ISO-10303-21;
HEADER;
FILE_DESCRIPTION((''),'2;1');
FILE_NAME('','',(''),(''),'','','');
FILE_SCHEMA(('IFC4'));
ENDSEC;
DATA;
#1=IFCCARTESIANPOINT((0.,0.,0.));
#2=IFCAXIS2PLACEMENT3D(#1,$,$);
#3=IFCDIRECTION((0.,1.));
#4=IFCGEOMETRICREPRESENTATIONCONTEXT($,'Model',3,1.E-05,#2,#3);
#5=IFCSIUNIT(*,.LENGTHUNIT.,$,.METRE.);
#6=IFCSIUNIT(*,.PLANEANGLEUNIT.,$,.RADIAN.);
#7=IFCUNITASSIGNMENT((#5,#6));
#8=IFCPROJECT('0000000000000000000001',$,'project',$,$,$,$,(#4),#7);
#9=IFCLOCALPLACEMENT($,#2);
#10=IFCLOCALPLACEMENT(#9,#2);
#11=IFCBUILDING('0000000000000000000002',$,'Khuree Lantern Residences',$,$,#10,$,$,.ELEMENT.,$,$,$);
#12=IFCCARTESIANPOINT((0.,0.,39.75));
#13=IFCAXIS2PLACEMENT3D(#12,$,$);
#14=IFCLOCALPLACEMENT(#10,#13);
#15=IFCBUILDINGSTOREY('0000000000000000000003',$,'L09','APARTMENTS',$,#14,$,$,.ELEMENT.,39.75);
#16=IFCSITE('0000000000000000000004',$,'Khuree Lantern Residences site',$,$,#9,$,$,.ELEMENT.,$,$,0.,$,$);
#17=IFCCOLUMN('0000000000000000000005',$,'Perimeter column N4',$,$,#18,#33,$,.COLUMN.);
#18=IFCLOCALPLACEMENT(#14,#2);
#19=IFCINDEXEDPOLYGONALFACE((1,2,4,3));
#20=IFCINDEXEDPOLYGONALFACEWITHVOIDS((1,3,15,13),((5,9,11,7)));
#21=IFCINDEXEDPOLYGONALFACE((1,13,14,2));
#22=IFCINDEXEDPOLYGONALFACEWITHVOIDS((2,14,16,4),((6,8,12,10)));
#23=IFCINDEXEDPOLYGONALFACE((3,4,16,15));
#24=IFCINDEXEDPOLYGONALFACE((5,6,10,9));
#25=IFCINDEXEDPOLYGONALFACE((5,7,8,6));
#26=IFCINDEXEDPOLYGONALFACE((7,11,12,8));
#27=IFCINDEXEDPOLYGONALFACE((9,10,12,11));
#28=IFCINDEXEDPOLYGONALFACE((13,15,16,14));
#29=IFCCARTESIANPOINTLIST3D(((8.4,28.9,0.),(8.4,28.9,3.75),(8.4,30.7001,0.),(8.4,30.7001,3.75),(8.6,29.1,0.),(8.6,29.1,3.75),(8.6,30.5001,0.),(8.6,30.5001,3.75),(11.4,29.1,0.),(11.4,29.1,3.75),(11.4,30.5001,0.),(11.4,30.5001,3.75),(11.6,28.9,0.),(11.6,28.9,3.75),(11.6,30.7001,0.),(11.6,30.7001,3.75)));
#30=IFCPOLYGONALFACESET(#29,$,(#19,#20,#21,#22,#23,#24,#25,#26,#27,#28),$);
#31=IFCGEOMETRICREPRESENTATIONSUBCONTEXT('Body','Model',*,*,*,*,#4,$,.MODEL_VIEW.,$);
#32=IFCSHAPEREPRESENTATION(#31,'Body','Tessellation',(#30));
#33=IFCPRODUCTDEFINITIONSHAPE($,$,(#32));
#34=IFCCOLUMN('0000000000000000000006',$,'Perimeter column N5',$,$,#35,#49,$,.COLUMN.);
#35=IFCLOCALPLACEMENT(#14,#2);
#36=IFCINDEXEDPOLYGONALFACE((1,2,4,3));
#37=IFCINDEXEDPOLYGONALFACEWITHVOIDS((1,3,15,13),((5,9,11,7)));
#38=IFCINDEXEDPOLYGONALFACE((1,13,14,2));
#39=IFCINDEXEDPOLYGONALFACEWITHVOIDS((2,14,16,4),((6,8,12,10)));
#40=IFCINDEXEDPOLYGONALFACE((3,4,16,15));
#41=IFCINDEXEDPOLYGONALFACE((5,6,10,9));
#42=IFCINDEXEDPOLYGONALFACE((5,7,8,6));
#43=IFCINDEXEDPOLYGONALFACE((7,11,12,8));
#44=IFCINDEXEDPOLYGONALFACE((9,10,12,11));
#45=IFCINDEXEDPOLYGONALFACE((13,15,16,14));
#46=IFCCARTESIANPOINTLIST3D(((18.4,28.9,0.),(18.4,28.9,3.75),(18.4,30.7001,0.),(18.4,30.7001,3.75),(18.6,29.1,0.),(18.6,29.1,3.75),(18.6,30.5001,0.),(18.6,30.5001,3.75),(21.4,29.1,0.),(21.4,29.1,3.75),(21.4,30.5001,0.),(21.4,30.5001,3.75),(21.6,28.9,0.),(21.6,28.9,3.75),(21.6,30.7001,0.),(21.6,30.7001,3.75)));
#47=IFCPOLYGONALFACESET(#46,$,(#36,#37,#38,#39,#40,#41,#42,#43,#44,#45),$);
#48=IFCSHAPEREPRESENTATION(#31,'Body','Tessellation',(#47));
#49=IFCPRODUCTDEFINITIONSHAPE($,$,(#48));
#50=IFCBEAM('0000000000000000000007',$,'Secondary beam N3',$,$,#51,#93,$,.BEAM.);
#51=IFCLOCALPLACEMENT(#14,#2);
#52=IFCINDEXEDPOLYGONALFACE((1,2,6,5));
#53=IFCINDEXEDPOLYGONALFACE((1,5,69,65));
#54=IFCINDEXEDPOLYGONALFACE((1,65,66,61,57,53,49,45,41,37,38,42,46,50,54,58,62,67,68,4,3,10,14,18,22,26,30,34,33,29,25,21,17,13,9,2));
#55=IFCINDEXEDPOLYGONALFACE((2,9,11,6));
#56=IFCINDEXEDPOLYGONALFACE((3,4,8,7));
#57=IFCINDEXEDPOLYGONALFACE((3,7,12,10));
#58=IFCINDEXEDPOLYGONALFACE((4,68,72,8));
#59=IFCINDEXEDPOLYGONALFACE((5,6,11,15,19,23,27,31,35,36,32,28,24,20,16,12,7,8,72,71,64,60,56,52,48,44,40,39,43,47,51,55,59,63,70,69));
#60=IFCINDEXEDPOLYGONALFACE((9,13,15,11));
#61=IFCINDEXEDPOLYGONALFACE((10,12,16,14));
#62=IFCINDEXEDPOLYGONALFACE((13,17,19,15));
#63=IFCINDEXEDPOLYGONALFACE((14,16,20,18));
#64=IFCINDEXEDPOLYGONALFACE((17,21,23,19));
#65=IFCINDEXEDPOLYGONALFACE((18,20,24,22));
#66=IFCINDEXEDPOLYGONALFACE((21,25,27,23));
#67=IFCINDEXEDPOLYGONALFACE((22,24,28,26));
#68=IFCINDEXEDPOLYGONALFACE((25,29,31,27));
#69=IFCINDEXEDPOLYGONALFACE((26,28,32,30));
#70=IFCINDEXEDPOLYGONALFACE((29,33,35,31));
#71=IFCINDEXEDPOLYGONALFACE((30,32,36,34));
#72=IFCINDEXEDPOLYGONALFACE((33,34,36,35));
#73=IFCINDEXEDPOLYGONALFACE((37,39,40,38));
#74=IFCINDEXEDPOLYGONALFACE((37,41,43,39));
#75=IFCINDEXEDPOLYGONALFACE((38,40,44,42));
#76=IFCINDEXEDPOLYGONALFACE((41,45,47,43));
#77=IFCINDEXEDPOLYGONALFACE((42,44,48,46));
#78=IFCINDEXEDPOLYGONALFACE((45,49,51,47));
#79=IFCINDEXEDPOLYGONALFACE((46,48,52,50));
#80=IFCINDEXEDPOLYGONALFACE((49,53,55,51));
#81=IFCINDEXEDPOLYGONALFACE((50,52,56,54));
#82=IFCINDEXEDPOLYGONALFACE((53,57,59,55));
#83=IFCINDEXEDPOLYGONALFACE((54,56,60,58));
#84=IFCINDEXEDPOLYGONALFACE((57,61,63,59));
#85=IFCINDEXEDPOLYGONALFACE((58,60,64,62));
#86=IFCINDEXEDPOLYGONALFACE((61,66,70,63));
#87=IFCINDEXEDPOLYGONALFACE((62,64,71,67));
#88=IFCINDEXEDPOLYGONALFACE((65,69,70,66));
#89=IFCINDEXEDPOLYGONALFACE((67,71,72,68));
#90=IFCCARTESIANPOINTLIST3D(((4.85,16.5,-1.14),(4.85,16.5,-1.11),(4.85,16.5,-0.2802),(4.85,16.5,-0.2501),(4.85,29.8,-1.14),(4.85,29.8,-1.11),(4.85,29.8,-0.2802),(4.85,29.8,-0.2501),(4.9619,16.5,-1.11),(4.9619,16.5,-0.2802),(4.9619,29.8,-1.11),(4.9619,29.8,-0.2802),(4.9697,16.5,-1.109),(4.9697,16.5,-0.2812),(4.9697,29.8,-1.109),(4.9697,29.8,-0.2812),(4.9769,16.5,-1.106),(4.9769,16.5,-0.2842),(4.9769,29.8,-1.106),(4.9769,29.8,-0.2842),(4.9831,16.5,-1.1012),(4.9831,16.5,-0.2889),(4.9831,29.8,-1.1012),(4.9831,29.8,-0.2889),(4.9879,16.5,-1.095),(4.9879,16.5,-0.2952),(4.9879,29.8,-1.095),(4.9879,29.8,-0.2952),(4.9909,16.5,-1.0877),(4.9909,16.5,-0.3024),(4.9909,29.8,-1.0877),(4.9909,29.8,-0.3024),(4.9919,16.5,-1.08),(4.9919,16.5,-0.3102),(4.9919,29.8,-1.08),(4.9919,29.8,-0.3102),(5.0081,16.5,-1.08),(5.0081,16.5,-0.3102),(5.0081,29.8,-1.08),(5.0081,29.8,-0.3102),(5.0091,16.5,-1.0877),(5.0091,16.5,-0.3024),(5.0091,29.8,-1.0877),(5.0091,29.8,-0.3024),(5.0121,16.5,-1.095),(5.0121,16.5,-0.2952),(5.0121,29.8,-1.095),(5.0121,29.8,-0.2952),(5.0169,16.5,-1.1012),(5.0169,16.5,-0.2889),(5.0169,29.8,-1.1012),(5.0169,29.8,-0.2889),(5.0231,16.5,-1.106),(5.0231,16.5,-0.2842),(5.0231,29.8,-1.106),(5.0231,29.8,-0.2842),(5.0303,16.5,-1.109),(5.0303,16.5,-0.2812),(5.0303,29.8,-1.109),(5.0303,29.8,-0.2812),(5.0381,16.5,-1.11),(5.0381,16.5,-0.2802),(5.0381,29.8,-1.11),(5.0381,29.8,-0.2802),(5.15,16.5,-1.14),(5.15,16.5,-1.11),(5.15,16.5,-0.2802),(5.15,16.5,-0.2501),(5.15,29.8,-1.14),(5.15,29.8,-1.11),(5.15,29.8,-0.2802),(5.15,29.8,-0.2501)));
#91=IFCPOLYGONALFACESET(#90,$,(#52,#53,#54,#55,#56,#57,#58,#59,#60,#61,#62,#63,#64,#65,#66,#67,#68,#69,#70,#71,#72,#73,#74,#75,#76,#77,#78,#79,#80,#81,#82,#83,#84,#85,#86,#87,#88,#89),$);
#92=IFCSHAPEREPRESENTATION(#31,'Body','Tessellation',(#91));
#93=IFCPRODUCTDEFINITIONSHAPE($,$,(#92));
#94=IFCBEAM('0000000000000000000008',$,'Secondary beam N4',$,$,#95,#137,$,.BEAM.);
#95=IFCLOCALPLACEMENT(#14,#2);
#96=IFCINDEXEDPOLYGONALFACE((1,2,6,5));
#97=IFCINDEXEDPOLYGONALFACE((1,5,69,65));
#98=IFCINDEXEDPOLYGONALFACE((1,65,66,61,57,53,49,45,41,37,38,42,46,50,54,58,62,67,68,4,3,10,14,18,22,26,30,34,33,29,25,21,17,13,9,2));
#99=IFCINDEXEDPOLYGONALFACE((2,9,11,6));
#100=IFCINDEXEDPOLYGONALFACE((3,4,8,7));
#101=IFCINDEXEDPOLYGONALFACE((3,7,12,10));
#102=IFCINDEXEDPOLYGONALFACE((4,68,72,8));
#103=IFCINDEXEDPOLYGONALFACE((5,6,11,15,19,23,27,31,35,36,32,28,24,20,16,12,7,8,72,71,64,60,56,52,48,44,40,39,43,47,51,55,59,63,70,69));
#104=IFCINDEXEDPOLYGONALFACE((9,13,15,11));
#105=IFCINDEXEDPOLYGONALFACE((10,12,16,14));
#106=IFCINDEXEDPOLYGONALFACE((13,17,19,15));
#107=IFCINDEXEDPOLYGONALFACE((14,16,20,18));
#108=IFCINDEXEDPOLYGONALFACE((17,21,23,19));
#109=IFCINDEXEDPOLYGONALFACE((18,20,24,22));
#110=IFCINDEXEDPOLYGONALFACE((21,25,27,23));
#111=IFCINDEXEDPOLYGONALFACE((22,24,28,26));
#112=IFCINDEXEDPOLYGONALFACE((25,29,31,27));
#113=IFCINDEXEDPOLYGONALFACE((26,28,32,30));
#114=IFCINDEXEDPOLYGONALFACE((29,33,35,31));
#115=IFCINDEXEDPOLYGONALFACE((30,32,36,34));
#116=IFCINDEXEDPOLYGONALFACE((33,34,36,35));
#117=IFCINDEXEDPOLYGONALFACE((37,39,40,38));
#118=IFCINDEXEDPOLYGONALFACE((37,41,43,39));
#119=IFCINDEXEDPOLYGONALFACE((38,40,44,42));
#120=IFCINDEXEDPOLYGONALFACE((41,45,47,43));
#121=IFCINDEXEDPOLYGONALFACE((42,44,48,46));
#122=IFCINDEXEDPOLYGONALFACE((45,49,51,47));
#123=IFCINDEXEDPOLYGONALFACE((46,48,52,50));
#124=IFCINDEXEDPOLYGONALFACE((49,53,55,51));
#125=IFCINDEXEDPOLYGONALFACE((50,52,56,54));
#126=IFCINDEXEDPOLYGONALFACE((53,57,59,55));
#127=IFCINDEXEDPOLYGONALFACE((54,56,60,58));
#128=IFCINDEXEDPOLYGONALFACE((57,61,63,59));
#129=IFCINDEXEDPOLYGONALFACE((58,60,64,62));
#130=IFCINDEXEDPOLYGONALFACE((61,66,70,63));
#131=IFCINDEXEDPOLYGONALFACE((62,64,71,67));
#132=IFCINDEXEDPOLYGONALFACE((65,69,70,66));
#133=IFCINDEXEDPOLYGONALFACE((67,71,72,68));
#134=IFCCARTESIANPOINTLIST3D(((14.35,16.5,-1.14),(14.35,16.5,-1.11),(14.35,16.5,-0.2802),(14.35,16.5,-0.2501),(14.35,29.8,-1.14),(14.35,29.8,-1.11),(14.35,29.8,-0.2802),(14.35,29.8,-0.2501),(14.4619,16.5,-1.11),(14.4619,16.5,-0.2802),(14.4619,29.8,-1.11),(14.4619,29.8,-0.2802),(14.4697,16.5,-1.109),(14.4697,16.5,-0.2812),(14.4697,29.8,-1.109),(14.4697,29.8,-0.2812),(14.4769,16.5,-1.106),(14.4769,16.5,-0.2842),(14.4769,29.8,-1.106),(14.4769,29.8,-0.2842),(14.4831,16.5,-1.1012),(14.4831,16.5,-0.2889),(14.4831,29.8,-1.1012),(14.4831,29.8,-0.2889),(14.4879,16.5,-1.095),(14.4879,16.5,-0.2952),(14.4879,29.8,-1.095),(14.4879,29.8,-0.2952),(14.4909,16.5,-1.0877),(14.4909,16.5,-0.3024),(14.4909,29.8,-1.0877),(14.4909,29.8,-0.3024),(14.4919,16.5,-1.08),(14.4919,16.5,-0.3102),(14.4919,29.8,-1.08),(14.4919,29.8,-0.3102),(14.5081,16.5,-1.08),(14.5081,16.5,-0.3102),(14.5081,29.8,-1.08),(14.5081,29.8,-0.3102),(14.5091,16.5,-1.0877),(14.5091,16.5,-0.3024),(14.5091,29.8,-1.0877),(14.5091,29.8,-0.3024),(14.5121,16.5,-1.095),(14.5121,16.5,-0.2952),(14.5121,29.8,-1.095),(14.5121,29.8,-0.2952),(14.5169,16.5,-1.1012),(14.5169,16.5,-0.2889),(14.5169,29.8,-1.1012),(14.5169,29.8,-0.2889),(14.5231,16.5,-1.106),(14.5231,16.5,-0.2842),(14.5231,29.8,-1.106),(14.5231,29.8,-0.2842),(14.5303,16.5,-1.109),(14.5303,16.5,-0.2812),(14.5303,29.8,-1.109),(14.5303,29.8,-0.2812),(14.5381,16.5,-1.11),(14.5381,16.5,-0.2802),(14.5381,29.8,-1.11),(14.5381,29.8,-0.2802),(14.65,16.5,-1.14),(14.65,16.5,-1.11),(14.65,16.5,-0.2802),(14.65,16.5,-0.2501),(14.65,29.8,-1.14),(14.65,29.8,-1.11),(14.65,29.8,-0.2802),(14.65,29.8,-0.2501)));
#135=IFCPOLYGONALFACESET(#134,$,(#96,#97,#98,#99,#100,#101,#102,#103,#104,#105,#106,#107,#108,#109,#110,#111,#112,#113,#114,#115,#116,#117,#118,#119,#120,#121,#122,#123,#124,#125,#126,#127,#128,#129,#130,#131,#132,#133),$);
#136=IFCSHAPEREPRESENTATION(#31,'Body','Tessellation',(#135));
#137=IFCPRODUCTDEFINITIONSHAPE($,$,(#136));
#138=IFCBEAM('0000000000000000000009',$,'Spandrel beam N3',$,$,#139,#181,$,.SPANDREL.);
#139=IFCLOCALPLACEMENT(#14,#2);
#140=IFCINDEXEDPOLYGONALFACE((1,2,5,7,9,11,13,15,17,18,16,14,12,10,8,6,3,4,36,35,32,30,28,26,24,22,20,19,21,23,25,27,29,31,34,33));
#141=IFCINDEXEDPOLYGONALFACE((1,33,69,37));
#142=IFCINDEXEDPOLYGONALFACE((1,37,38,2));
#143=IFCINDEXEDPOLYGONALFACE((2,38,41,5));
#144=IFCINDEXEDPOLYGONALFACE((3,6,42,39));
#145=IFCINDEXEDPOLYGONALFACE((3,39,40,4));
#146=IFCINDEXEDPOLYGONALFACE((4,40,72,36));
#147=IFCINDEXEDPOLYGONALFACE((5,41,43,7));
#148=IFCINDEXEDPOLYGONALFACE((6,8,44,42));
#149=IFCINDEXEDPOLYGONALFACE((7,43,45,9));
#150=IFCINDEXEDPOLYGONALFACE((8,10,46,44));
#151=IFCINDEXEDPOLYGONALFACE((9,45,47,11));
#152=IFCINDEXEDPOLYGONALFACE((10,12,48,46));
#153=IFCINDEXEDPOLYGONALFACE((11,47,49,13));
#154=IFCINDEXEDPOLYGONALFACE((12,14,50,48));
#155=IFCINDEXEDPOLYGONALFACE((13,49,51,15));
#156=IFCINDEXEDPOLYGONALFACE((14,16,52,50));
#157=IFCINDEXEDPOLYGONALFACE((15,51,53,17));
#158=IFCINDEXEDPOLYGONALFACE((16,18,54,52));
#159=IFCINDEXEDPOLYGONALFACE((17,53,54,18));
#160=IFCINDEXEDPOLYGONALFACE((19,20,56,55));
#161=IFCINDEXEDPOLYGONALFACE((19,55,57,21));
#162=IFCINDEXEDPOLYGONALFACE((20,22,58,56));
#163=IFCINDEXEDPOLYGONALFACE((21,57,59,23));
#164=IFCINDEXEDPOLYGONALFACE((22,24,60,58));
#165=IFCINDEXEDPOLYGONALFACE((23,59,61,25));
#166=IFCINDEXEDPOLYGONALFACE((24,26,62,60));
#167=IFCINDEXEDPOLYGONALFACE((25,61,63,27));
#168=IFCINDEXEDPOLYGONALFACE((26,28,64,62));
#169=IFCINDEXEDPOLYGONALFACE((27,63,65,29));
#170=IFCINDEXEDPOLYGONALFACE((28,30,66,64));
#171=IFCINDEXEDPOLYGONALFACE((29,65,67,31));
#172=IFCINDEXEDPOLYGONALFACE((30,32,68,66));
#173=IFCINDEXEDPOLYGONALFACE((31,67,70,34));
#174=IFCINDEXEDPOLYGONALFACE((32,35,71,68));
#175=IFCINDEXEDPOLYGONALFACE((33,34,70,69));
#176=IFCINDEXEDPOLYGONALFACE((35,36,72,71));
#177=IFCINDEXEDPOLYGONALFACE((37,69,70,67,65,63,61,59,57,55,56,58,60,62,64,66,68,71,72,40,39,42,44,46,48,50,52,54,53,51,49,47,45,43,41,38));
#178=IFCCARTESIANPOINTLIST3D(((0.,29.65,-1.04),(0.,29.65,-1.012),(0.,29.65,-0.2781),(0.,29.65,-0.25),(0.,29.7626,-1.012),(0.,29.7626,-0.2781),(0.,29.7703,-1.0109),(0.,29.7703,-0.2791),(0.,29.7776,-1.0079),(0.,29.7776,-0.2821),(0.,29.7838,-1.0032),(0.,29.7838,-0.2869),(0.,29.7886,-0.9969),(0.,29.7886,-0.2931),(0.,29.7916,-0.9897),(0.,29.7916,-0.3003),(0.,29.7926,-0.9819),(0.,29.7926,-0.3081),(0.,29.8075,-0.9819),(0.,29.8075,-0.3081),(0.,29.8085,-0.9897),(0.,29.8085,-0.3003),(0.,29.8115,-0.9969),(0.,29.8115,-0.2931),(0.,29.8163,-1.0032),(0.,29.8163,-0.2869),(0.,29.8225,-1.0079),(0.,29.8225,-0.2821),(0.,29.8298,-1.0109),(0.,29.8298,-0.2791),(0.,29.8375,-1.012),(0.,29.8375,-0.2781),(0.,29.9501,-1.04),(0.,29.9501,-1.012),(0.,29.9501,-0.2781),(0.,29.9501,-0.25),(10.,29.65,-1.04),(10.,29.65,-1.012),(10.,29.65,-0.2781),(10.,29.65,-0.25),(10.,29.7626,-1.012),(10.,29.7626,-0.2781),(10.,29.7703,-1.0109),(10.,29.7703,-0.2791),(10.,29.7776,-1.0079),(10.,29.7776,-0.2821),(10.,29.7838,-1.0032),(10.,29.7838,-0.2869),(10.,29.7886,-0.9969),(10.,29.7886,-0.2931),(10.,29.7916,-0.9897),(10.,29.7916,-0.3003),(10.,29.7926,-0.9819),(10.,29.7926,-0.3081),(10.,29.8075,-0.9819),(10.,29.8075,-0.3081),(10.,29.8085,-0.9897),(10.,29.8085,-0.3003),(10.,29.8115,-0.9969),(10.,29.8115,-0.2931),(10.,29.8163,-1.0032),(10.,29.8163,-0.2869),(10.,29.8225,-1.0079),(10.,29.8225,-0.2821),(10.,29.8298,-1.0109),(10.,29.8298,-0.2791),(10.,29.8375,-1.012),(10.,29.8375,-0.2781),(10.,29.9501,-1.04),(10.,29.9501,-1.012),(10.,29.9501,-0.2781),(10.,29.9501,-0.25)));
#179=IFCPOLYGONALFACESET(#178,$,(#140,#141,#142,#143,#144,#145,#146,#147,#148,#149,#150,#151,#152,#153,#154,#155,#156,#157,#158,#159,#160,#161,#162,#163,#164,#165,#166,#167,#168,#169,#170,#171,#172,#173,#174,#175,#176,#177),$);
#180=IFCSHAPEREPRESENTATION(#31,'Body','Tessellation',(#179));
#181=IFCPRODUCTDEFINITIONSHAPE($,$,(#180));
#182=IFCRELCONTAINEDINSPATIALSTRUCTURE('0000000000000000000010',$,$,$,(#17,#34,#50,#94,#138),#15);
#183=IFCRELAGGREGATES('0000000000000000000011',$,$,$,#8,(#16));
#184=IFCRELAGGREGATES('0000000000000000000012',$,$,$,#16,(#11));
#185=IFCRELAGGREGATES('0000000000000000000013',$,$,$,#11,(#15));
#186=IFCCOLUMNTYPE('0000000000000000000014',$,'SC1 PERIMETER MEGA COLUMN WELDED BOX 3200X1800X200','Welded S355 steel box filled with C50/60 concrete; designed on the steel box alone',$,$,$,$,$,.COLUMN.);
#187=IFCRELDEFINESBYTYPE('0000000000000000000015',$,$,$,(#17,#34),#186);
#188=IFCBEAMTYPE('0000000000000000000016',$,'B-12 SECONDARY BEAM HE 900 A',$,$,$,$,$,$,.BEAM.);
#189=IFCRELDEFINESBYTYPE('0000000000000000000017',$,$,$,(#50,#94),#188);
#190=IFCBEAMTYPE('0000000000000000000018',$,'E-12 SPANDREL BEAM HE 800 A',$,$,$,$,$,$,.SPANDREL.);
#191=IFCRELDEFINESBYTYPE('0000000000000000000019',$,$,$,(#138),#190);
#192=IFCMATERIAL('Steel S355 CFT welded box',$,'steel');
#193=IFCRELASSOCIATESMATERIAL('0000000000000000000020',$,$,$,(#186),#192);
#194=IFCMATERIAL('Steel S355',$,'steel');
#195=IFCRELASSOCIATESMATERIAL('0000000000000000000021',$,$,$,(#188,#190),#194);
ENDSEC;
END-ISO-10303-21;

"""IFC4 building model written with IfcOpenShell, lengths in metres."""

from ifc_helpers import new_model, si_unit, direction, frame, origin, origin_2d, place, context, subcontext, project, spatial, hollow_rectangle, i_section, extrude, material, material_profile, profile_set, type_object, element, save


model = new_model("IFC4")

# Units and contexts
model_context = context("Model", 3, precision=1e-05, world=origin(), true_north=direction((0.0, 1.0)))
body_context = subcontext(model_context, "Body", "Model", "MODEL_VIEW")
ifc_project = project(units=[si_unit("LENGTHUNIT", "METRE"), si_unit("PLANEANGLEUNIT", "RADIAN")], contexts=[model_context])

# Site, building, storey
site_placement = place(None, origin())
site = spatial("IfcSite", under=ifc_project, at=site_placement, Name="Khuree Lantern Residences site", CompositionType="ELEMENT", RefElevation=0.0)
building_placement = place(site_placement, origin())
building = spatial("IfcBuilding", under=site, at=building_placement, Name="Khuree Lantern Residences", CompositionType="ELEMENT")
storey_placement = place(building_placement, frame((0.0, 0.0, 39.75)))
storey = spatial("IfcBuildingStorey", under=building, at=storey_placement, Name="L09", Description="APARTMENTS", CompositionType="ELEMENT", Elevation=39.75)

# Columns
ifc_material_1 = material(Name="Steel S355 CFT welded box", Category="steel")
ifc_material_profile_1 = material_profile(ifc_material_1, hollow_rectangle(XDim=3.2, YDim=1.8, WallThickness=0.2, at=origin_2d()), Name="WELDED BOX 3200X1800X200")
ifc_profile_set_1 = profile_set([ifc_material_profile_1], Name="Steel S355 CFT welded box")
column_type = type_object("IfcColumnType", Name="SC1 PERIMETER MEGA COLUMN WELDED BOX 3200X1800X200", Description="Welded S355 steel box filled with C50/60 concrete; designed on the steel box alone", PredefinedType="COLUMN", material=ifc_profile_set_1)
for number, where, z_axis, x_axis, name in (
    (1, (10.0, 29.8, 0.0), (0.0, 0.0, 1.0), (1.0, 0.0, 0.0), "Perimeter column N4"),
    (2, (20.0, 29.8, 0.0), (0.0, 0.0, 1.0), (1.0, 0.0, 0.0), "Perimeter column N5"),
):
    element("IfcColumn", number, at=place(storey_placement, frame(where, z_axis=z_axis, x_axis=x_axis)), inside=storey, type_object=column_type, Name=name, PredefinedType="COLUMN", context=body_context, shape_type="SweptSolid", body=[
        extrude(hollow_rectangle(XDim=3.2, YDim=1.8, WallThickness=0.2, at=origin_2d()), origin(), (0.0, 0.0, 1.0), 3.75),
    ])

# Beams
ifc_material_2 = material(Name="Steel S355", Category="steel")
ifc_material_profile_2 = material_profile(ifc_material_2, i_section(OverallWidth=0.3, OverallDepth=0.8899, WebThickness=0.0161, FlangeThickness=0.03, FilletRadius=0.03, at=origin_2d()), Name="HE 900 A")
ifc_profile_set_2 = profile_set([ifc_material_profile_2], Name="Steel S355")
beam_type_1 = type_object("IfcBeamType", Name="B-12 SECONDARY BEAM HE 900 A", PredefinedType="BEAM", material=ifc_profile_set_2)
for number, where, z_axis, x_axis, name in (
    (3, (5.0, 29.8, -0.6951), (0.0, -1.0, 0.0), (1.0, 0.0, 0.0), "Secondary beam N3"),
    (4, (14.5, 29.8, -0.6951), (0.0, -1.0, 0.0), (1.0, 0.0, 0.0), "Secondary beam N4"),
):
    element("IfcBeam", number, at=place(storey_placement, frame(where, z_axis=z_axis, x_axis=x_axis)), inside=storey, type_object=beam_type_1, Name=name, PredefinedType="BEAM", context=body_context, shape_type="SweptSolid", body=[
        extrude(i_section(OverallWidth=0.3, OverallDepth=0.8899, WebThickness=0.0161, FlangeThickness=0.03, FilletRadius=0.03, at=origin_2d()), origin(), (0.0, 0.0, 1.0), 13.3),
    ])
ifc_material_profile_3 = material_profile(ifc_material_2, i_section(OverallWidth=0.3, OverallDepth=0.79, WebThickness=0.0149, FlangeThickness=0.0281, FilletRadius=0.03, at=origin_2d()), Name="HE 800 A")
ifc_profile_set_3 = profile_set([ifc_material_profile_3], Name="Steel S355")
beam_type_2 = type_object("IfcBeamType", Name="E-12 SPANDREL BEAM HE 800 A", PredefinedType="SPANDREL", material=ifc_profile_set_3)
for number, where, z_axis, x_axis, name in (
    (5, (0.0, 29.8, -0.645), (1.0, 0.0, 0.0), (0.0, 1.0, 0.0), "Spandrel beam N3"),
):
    element("IfcBeam", number, at=place(storey_placement, frame(where, z_axis=z_axis, x_axis=x_axis)), inside=storey, type_object=beam_type_2, Name=name, PredefinedType="SPANDREL", context=body_context, shape_type="SweptSolid", body=[
        extrude(i_section(OverallWidth=0.3, OverallDepth=0.79, WebThickness=0.0149, FlangeThickness=0.0281, FilletRadius=0.03, at=origin_2d()), origin(), (0.0, 0.0, 1.0), 10.0),
    ])

save(model, "model.ifc")
